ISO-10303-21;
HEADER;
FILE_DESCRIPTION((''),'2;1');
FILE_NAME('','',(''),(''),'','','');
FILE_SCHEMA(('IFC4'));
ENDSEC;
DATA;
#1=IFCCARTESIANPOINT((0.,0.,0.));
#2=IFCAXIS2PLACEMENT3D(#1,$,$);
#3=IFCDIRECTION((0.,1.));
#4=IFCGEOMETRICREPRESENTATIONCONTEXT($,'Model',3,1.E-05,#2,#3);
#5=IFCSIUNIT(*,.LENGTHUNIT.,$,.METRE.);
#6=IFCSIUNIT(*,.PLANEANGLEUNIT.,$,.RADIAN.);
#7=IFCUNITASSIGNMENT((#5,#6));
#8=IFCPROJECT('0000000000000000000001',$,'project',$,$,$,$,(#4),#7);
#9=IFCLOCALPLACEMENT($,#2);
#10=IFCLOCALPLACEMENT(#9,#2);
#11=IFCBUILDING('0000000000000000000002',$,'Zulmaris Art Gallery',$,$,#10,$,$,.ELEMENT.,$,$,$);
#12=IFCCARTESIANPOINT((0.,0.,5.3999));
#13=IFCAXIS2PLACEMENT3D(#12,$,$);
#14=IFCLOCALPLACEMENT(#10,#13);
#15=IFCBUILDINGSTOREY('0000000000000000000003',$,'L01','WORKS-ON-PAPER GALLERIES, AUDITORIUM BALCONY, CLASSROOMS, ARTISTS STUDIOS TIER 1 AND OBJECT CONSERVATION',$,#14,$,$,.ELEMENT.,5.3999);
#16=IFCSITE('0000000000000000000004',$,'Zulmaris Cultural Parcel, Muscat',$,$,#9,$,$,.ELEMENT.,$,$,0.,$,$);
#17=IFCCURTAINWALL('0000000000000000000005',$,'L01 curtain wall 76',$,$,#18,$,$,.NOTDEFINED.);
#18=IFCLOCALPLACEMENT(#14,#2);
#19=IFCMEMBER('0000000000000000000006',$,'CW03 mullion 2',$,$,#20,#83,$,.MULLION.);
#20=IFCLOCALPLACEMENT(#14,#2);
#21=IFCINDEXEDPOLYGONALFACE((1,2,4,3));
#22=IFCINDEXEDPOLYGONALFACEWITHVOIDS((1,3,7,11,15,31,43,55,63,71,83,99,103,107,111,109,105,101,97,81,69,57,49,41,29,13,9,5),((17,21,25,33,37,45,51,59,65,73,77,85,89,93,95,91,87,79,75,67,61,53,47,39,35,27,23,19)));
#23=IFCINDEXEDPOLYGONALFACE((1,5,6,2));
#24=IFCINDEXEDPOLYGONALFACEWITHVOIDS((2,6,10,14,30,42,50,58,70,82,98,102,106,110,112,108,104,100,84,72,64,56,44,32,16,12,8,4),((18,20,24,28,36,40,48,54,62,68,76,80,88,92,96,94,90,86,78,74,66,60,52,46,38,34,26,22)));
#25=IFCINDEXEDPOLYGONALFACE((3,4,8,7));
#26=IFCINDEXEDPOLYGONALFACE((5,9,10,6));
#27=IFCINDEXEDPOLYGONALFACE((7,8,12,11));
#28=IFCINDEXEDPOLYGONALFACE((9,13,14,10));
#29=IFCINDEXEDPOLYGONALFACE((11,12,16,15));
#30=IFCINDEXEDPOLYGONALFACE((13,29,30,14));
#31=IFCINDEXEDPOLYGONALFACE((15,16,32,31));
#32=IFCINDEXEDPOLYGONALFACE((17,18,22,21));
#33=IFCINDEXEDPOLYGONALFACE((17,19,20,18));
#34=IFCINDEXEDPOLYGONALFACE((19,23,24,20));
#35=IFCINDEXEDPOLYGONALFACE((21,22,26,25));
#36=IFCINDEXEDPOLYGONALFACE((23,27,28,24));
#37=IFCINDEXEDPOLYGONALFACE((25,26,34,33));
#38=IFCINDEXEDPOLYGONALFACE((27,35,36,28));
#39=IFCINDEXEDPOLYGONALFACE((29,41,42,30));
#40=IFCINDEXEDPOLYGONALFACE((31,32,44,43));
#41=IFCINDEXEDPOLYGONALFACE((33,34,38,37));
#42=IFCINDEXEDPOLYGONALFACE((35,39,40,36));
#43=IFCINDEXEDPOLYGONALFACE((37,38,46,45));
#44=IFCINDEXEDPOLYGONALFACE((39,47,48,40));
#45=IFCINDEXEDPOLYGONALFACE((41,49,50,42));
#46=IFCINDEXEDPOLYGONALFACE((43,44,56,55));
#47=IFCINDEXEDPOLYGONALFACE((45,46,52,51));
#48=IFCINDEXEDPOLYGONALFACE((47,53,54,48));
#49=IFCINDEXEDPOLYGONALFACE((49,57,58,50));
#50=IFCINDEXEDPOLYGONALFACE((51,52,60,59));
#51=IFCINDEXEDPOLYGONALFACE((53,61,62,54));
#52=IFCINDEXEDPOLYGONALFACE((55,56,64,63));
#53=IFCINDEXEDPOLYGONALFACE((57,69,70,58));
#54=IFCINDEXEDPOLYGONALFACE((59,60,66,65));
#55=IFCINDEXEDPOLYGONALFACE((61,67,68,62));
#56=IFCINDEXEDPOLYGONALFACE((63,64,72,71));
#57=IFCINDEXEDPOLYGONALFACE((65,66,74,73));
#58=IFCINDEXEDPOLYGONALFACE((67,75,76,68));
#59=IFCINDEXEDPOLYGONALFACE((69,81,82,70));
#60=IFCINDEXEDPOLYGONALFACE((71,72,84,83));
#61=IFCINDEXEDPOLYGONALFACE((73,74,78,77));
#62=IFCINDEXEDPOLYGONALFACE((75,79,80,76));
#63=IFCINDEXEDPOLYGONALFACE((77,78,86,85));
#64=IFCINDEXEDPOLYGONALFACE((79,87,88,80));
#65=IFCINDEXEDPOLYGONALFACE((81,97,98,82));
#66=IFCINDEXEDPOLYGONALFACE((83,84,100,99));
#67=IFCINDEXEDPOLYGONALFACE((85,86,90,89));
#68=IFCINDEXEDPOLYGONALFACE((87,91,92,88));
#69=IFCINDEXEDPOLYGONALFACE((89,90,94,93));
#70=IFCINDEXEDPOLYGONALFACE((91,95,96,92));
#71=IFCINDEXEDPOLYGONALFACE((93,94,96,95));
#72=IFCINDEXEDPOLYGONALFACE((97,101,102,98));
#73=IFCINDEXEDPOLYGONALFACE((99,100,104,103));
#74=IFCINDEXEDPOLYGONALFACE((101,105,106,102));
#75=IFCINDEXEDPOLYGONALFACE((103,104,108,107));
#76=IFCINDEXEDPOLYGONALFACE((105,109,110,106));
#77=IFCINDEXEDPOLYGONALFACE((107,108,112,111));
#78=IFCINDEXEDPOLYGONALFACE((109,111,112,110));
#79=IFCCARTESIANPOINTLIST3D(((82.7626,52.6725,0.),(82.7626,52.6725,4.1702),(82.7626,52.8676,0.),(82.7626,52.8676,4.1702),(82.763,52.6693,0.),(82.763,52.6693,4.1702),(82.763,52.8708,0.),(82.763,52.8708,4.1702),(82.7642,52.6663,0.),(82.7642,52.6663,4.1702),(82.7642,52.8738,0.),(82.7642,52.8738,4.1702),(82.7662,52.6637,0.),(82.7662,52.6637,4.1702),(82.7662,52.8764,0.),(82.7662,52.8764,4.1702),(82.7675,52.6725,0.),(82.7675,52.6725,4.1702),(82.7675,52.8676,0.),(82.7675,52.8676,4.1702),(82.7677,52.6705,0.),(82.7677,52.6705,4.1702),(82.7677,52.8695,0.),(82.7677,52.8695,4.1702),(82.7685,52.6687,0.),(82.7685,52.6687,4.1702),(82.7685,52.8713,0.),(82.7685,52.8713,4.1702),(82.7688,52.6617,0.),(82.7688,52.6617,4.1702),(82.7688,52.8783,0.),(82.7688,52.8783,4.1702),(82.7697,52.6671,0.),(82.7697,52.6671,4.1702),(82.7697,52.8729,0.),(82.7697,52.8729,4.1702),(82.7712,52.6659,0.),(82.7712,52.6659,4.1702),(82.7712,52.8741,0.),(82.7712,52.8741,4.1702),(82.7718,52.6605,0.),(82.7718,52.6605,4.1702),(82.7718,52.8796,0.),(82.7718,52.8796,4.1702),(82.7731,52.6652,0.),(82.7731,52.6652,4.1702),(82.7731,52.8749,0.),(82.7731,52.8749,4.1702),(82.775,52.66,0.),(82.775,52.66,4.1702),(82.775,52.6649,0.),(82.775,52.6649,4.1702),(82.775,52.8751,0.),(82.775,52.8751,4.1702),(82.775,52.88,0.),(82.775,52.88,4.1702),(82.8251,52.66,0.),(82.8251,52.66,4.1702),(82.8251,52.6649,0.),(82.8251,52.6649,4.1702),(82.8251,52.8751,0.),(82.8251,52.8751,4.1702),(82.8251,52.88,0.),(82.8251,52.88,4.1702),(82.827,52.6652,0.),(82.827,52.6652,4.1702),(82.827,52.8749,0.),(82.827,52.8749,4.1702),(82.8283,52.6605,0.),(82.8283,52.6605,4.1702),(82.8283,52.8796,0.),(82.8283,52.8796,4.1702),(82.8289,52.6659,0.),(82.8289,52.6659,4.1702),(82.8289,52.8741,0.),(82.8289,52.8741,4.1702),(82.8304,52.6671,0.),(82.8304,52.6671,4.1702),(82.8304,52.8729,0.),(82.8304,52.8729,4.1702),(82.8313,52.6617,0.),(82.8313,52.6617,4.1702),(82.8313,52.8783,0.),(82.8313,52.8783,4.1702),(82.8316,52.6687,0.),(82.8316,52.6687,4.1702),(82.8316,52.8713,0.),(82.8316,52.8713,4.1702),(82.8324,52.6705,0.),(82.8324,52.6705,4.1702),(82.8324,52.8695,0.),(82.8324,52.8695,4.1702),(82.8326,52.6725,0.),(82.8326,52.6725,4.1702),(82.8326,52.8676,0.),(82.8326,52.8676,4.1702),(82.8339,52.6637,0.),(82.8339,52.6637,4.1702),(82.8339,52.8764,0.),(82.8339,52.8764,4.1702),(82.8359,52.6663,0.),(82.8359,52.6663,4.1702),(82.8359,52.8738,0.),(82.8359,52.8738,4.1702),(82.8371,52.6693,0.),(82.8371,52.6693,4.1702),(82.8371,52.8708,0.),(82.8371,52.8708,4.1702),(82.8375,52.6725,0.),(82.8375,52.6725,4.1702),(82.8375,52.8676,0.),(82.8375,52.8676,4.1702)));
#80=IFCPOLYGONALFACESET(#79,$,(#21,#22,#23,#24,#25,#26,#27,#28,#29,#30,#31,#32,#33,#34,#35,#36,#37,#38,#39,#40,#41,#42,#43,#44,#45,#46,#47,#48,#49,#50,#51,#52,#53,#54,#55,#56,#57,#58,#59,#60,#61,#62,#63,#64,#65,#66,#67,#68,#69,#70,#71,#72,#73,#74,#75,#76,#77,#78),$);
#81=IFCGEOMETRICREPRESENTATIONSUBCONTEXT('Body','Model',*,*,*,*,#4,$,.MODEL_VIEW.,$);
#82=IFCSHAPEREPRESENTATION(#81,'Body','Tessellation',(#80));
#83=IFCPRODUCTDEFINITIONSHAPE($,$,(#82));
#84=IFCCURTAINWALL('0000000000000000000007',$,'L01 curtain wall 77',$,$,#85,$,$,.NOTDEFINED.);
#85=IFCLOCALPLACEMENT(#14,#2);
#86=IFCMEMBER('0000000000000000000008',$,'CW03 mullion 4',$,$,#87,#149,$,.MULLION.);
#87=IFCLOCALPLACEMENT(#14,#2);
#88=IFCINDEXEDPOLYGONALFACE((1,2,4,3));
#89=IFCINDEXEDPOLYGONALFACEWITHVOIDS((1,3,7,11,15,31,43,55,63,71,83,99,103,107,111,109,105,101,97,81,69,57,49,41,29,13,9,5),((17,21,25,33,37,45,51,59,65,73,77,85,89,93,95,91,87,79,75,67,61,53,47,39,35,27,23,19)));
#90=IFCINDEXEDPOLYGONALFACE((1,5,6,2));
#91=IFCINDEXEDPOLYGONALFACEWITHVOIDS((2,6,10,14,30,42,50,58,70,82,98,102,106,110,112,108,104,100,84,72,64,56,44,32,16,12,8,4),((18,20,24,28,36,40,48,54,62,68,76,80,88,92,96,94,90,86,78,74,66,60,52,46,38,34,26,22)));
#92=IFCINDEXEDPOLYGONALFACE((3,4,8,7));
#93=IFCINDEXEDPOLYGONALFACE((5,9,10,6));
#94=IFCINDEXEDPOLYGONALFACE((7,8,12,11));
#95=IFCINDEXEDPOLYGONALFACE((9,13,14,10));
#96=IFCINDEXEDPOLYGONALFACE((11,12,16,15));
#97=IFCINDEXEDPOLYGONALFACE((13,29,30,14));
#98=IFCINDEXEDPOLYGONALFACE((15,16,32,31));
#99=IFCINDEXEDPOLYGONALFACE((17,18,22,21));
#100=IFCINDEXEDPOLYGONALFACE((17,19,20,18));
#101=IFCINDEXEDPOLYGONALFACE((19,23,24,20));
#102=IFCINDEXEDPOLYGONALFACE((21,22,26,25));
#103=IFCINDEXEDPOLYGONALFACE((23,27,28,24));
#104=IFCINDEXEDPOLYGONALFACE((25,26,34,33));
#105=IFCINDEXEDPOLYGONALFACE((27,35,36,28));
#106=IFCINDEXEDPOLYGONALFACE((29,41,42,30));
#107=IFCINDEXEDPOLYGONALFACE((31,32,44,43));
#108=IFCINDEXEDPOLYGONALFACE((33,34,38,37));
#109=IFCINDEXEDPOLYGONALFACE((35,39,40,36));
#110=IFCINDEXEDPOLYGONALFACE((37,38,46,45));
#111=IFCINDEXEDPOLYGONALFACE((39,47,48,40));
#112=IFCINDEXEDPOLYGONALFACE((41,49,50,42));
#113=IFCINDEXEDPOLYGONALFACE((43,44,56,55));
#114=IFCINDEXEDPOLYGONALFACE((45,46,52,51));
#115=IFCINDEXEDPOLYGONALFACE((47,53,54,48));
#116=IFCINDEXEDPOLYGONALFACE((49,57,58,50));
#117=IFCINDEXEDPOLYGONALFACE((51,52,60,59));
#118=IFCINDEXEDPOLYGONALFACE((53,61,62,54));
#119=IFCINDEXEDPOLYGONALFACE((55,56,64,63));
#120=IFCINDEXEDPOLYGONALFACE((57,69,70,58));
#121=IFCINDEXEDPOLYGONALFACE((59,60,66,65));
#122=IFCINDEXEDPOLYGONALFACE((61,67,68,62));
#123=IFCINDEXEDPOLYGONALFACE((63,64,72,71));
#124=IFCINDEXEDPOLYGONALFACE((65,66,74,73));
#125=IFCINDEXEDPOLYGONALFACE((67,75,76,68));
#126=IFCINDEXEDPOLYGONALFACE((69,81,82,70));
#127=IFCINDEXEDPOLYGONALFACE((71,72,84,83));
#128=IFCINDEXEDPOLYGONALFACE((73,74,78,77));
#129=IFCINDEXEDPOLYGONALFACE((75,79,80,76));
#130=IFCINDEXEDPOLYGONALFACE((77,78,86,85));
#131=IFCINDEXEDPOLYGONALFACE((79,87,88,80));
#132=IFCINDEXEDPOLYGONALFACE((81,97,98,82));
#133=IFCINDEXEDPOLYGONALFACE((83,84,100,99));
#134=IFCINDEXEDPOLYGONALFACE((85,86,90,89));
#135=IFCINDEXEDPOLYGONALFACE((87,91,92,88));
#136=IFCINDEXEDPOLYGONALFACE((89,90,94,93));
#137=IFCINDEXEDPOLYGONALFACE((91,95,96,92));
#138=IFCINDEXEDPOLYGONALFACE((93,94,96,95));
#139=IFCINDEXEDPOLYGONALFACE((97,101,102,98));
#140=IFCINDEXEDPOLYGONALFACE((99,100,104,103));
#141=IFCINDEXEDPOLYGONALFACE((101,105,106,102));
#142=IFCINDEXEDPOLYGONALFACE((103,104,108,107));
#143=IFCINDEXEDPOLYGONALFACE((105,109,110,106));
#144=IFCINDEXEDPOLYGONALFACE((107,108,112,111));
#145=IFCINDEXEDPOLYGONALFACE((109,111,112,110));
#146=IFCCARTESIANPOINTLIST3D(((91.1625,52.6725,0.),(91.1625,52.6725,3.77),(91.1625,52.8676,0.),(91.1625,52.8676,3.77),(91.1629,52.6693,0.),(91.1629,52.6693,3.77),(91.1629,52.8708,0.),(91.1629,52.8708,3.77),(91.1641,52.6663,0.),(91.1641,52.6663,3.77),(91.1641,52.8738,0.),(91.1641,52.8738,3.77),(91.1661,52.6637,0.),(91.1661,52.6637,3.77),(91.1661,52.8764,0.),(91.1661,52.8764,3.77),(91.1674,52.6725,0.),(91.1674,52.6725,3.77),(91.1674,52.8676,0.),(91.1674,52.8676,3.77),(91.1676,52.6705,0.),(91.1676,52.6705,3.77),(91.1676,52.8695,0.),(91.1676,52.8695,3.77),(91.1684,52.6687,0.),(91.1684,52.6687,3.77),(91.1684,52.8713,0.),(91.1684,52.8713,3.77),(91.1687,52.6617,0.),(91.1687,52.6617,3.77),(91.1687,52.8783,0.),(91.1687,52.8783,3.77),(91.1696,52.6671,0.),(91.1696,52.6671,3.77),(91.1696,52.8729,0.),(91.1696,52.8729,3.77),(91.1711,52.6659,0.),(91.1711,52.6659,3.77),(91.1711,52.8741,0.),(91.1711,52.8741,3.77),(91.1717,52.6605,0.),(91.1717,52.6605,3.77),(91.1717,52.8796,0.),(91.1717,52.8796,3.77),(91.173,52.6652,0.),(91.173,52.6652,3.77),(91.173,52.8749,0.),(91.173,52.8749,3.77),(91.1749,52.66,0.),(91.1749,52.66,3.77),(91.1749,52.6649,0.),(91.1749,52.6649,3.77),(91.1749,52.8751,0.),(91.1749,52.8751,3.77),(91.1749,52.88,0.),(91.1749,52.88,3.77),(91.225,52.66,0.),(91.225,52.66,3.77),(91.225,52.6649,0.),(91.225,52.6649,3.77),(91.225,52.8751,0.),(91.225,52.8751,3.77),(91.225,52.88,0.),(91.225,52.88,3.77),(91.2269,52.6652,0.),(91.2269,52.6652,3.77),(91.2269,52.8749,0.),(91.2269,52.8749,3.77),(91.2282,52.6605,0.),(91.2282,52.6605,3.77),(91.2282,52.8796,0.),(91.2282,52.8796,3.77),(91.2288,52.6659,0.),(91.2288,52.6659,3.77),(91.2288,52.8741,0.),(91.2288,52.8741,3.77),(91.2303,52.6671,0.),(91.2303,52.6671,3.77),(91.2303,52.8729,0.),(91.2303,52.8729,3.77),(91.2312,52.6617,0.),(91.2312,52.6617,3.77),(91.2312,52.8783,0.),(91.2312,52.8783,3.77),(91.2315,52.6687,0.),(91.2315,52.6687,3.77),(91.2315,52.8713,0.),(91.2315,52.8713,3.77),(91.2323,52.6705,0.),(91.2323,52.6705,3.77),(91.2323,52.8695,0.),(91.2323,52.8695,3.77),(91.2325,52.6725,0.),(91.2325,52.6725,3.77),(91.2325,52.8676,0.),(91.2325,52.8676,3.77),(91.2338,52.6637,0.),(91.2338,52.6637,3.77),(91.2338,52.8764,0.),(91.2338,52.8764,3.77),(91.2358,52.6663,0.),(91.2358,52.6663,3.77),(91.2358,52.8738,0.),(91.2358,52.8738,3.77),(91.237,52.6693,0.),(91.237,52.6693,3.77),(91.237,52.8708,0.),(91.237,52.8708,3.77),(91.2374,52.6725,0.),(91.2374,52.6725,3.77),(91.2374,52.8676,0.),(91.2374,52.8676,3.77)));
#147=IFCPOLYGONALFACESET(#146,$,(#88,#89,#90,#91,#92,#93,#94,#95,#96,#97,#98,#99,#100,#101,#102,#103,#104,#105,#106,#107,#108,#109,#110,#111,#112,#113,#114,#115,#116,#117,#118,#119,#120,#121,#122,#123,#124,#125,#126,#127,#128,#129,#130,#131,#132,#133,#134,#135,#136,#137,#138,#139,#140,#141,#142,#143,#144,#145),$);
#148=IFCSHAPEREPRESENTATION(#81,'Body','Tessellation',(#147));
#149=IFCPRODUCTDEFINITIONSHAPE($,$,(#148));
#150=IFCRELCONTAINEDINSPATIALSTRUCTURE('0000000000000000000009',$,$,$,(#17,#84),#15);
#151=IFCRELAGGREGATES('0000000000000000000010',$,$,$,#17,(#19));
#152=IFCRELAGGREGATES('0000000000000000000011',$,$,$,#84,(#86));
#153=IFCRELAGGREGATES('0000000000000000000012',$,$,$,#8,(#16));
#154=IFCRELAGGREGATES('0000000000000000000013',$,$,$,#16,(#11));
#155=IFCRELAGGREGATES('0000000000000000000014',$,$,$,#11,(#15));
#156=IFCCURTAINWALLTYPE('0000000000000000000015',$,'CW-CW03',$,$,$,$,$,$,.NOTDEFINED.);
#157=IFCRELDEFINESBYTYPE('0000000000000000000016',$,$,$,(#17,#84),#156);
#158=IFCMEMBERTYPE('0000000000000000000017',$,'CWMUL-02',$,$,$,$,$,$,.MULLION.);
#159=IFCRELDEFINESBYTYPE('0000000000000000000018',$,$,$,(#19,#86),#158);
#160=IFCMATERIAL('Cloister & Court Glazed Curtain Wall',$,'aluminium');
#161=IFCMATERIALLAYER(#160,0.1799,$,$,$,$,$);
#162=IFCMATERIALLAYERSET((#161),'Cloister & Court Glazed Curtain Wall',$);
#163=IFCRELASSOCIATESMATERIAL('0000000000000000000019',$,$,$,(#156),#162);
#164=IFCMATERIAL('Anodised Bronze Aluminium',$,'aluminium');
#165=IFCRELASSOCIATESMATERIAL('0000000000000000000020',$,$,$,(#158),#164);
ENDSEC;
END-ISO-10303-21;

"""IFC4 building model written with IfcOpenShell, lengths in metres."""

from ifc_helpers import new_model, si_unit, direction, frame, origin, origin_2d, place, context, subcontext, project, spatial, hollow_rectangle, extrude, material, layer, layer_set, material_profile, profile_set, type_object, element, aggregate, save


model = new_model("IFC4")

# Units and contexts
model_context = context("Model", 3, precision=1e-05, world=origin(), true_north=direction((0.0, 1.0)))
body_context = subcontext(model_context, "Body", "Model", "MODEL_VIEW")
ifc_project = project(units=[si_unit("LENGTHUNIT", "METRE"), si_unit("PLANEANGLEUNIT", "RADIAN")], contexts=[model_context])

# Site, building, storey
site_placement = place(None, origin())
site = spatial("IfcSite", under=ifc_project, at=site_placement, Name="Zulmaris Cultural Parcel, Muscat", CompositionType="ELEMENT", RefElevation=0.0)
building_placement = place(site_placement, origin())
building = spatial("IfcBuilding", under=site, at=building_placement, Name="Zulmaris Art Gallery", CompositionType="ELEMENT")
storey_placement = place(building_placement, frame((0.0, 0.0, 5.3999)))
storey = spatial("IfcBuildingStorey", under=building, at=storey_placement, Name="L01", Description="WORKS-ON-PAPER GALLERIES, AUDITORIUM BALCONY, CLASSROOMS, ARTISTS STUDIOS TIER 1 AND OBJECT CONSERVATION", CompositionType="ELEMENT", Elevation=5.3999)

# Shared definitions
ifc_material_1 = material(Name="Cloister & Court Glazed Curtain Wall", Category="aluminium")
ifc_layer_1 = layer(ifc_material_1, 0.1799)
ifc_layer_set_1 = layer_set([ifc_layer_1], Name="Cloister & Court Glazed Curtain Wall")
curtain_wall_type = type_object("IfcCurtainWallType", Name="CW-CW03", PredefinedType="NOTDEFINED", material=ifc_layer_set_1)
ifc_material_2 = material(Name="Anodised Bronze Aluminium", Category="aluminium")
ifc_material_profile_1 = material_profile(ifc_material_2, hollow_rectangle(XDim=0.075, YDim=0.22, WallThickness=0.0049, InnerFilletRadius=0.0076, OuterFilletRadius=0.0125, at=origin_2d()), Name="ALU 75x220x5")
ifc_profile_set_1 = profile_set([ifc_material_profile_1], Name="Anodised Bronze Aluminium")
member_type_1 = type_object("IfcMemberType", Name="CWMUL-02", PredefinedType="MULLION", material=ifc_profile_set_1)

# Curtain walls, members
curtain_wall_1_placement = place(storey_placement, origin())
curtain_wall_1 = element("IfcCurtainWall", 1, at=curtain_wall_1_placement, inside=storey, type_object=curtain_wall_type, Name="L01 curtain wall 76", PredefinedType="NOTDEFINED")
member_1_placement = place(storey_placement, frame((82.8, 52.77, 0.0), z_axis=(0.0, 0.0, 1.0), x_axis=(-1.0, 0.0, 0.0)))
member_1 = element("IfcMember", 2, at=member_1_placement, type_object=member_type_1, Name="CW03 mullion 2", PredefinedType="MULLION", context=body_context, shape_type="SweptSolid", body=[
    extrude(hollow_rectangle(XDim=0.075, YDim=0.22, WallThickness=0.0049, InnerFilletRadius=0.0076, OuterFilletRadius=0.0125, at=origin_2d()), origin(), (0.0, 0.0, 1.0), 4.1702),
])
curtain_wall_2_placement = place(storey_placement, origin())
curtain_wall_2 = element("IfcCurtainWall", 3, at=curtain_wall_2_placement, inside=storey, type_object=curtain_wall_type, Name="L01 curtain wall 77", PredefinedType="NOTDEFINED")
member_2_placement = place(storey_placement, frame((91.2, 52.77, 0.0), z_axis=(0.0, 0.0, 1.0), x_axis=(1.0, 0.0, 0.0)))
member_2 = element("IfcMember", 4, at=member_2_placement, type_object=member_type_1, Name="CW03 mullion 4", PredefinedType="MULLION", context=body_context, shape_type="SweptSolid", body=[
    extrude(hollow_rectangle(XDim=0.075, YDim=0.22, WallThickness=0.0049, InnerFilletRadius=0.0076, OuterFilletRadius=0.0125, at=origin_2d()), origin(), (0.0, 0.0, 1.0), 3.77),
])

aggregate(curtain_wall_1, [member_1])
aggregate(curtain_wall_2, [member_2])

save(model, "model.ifc")
